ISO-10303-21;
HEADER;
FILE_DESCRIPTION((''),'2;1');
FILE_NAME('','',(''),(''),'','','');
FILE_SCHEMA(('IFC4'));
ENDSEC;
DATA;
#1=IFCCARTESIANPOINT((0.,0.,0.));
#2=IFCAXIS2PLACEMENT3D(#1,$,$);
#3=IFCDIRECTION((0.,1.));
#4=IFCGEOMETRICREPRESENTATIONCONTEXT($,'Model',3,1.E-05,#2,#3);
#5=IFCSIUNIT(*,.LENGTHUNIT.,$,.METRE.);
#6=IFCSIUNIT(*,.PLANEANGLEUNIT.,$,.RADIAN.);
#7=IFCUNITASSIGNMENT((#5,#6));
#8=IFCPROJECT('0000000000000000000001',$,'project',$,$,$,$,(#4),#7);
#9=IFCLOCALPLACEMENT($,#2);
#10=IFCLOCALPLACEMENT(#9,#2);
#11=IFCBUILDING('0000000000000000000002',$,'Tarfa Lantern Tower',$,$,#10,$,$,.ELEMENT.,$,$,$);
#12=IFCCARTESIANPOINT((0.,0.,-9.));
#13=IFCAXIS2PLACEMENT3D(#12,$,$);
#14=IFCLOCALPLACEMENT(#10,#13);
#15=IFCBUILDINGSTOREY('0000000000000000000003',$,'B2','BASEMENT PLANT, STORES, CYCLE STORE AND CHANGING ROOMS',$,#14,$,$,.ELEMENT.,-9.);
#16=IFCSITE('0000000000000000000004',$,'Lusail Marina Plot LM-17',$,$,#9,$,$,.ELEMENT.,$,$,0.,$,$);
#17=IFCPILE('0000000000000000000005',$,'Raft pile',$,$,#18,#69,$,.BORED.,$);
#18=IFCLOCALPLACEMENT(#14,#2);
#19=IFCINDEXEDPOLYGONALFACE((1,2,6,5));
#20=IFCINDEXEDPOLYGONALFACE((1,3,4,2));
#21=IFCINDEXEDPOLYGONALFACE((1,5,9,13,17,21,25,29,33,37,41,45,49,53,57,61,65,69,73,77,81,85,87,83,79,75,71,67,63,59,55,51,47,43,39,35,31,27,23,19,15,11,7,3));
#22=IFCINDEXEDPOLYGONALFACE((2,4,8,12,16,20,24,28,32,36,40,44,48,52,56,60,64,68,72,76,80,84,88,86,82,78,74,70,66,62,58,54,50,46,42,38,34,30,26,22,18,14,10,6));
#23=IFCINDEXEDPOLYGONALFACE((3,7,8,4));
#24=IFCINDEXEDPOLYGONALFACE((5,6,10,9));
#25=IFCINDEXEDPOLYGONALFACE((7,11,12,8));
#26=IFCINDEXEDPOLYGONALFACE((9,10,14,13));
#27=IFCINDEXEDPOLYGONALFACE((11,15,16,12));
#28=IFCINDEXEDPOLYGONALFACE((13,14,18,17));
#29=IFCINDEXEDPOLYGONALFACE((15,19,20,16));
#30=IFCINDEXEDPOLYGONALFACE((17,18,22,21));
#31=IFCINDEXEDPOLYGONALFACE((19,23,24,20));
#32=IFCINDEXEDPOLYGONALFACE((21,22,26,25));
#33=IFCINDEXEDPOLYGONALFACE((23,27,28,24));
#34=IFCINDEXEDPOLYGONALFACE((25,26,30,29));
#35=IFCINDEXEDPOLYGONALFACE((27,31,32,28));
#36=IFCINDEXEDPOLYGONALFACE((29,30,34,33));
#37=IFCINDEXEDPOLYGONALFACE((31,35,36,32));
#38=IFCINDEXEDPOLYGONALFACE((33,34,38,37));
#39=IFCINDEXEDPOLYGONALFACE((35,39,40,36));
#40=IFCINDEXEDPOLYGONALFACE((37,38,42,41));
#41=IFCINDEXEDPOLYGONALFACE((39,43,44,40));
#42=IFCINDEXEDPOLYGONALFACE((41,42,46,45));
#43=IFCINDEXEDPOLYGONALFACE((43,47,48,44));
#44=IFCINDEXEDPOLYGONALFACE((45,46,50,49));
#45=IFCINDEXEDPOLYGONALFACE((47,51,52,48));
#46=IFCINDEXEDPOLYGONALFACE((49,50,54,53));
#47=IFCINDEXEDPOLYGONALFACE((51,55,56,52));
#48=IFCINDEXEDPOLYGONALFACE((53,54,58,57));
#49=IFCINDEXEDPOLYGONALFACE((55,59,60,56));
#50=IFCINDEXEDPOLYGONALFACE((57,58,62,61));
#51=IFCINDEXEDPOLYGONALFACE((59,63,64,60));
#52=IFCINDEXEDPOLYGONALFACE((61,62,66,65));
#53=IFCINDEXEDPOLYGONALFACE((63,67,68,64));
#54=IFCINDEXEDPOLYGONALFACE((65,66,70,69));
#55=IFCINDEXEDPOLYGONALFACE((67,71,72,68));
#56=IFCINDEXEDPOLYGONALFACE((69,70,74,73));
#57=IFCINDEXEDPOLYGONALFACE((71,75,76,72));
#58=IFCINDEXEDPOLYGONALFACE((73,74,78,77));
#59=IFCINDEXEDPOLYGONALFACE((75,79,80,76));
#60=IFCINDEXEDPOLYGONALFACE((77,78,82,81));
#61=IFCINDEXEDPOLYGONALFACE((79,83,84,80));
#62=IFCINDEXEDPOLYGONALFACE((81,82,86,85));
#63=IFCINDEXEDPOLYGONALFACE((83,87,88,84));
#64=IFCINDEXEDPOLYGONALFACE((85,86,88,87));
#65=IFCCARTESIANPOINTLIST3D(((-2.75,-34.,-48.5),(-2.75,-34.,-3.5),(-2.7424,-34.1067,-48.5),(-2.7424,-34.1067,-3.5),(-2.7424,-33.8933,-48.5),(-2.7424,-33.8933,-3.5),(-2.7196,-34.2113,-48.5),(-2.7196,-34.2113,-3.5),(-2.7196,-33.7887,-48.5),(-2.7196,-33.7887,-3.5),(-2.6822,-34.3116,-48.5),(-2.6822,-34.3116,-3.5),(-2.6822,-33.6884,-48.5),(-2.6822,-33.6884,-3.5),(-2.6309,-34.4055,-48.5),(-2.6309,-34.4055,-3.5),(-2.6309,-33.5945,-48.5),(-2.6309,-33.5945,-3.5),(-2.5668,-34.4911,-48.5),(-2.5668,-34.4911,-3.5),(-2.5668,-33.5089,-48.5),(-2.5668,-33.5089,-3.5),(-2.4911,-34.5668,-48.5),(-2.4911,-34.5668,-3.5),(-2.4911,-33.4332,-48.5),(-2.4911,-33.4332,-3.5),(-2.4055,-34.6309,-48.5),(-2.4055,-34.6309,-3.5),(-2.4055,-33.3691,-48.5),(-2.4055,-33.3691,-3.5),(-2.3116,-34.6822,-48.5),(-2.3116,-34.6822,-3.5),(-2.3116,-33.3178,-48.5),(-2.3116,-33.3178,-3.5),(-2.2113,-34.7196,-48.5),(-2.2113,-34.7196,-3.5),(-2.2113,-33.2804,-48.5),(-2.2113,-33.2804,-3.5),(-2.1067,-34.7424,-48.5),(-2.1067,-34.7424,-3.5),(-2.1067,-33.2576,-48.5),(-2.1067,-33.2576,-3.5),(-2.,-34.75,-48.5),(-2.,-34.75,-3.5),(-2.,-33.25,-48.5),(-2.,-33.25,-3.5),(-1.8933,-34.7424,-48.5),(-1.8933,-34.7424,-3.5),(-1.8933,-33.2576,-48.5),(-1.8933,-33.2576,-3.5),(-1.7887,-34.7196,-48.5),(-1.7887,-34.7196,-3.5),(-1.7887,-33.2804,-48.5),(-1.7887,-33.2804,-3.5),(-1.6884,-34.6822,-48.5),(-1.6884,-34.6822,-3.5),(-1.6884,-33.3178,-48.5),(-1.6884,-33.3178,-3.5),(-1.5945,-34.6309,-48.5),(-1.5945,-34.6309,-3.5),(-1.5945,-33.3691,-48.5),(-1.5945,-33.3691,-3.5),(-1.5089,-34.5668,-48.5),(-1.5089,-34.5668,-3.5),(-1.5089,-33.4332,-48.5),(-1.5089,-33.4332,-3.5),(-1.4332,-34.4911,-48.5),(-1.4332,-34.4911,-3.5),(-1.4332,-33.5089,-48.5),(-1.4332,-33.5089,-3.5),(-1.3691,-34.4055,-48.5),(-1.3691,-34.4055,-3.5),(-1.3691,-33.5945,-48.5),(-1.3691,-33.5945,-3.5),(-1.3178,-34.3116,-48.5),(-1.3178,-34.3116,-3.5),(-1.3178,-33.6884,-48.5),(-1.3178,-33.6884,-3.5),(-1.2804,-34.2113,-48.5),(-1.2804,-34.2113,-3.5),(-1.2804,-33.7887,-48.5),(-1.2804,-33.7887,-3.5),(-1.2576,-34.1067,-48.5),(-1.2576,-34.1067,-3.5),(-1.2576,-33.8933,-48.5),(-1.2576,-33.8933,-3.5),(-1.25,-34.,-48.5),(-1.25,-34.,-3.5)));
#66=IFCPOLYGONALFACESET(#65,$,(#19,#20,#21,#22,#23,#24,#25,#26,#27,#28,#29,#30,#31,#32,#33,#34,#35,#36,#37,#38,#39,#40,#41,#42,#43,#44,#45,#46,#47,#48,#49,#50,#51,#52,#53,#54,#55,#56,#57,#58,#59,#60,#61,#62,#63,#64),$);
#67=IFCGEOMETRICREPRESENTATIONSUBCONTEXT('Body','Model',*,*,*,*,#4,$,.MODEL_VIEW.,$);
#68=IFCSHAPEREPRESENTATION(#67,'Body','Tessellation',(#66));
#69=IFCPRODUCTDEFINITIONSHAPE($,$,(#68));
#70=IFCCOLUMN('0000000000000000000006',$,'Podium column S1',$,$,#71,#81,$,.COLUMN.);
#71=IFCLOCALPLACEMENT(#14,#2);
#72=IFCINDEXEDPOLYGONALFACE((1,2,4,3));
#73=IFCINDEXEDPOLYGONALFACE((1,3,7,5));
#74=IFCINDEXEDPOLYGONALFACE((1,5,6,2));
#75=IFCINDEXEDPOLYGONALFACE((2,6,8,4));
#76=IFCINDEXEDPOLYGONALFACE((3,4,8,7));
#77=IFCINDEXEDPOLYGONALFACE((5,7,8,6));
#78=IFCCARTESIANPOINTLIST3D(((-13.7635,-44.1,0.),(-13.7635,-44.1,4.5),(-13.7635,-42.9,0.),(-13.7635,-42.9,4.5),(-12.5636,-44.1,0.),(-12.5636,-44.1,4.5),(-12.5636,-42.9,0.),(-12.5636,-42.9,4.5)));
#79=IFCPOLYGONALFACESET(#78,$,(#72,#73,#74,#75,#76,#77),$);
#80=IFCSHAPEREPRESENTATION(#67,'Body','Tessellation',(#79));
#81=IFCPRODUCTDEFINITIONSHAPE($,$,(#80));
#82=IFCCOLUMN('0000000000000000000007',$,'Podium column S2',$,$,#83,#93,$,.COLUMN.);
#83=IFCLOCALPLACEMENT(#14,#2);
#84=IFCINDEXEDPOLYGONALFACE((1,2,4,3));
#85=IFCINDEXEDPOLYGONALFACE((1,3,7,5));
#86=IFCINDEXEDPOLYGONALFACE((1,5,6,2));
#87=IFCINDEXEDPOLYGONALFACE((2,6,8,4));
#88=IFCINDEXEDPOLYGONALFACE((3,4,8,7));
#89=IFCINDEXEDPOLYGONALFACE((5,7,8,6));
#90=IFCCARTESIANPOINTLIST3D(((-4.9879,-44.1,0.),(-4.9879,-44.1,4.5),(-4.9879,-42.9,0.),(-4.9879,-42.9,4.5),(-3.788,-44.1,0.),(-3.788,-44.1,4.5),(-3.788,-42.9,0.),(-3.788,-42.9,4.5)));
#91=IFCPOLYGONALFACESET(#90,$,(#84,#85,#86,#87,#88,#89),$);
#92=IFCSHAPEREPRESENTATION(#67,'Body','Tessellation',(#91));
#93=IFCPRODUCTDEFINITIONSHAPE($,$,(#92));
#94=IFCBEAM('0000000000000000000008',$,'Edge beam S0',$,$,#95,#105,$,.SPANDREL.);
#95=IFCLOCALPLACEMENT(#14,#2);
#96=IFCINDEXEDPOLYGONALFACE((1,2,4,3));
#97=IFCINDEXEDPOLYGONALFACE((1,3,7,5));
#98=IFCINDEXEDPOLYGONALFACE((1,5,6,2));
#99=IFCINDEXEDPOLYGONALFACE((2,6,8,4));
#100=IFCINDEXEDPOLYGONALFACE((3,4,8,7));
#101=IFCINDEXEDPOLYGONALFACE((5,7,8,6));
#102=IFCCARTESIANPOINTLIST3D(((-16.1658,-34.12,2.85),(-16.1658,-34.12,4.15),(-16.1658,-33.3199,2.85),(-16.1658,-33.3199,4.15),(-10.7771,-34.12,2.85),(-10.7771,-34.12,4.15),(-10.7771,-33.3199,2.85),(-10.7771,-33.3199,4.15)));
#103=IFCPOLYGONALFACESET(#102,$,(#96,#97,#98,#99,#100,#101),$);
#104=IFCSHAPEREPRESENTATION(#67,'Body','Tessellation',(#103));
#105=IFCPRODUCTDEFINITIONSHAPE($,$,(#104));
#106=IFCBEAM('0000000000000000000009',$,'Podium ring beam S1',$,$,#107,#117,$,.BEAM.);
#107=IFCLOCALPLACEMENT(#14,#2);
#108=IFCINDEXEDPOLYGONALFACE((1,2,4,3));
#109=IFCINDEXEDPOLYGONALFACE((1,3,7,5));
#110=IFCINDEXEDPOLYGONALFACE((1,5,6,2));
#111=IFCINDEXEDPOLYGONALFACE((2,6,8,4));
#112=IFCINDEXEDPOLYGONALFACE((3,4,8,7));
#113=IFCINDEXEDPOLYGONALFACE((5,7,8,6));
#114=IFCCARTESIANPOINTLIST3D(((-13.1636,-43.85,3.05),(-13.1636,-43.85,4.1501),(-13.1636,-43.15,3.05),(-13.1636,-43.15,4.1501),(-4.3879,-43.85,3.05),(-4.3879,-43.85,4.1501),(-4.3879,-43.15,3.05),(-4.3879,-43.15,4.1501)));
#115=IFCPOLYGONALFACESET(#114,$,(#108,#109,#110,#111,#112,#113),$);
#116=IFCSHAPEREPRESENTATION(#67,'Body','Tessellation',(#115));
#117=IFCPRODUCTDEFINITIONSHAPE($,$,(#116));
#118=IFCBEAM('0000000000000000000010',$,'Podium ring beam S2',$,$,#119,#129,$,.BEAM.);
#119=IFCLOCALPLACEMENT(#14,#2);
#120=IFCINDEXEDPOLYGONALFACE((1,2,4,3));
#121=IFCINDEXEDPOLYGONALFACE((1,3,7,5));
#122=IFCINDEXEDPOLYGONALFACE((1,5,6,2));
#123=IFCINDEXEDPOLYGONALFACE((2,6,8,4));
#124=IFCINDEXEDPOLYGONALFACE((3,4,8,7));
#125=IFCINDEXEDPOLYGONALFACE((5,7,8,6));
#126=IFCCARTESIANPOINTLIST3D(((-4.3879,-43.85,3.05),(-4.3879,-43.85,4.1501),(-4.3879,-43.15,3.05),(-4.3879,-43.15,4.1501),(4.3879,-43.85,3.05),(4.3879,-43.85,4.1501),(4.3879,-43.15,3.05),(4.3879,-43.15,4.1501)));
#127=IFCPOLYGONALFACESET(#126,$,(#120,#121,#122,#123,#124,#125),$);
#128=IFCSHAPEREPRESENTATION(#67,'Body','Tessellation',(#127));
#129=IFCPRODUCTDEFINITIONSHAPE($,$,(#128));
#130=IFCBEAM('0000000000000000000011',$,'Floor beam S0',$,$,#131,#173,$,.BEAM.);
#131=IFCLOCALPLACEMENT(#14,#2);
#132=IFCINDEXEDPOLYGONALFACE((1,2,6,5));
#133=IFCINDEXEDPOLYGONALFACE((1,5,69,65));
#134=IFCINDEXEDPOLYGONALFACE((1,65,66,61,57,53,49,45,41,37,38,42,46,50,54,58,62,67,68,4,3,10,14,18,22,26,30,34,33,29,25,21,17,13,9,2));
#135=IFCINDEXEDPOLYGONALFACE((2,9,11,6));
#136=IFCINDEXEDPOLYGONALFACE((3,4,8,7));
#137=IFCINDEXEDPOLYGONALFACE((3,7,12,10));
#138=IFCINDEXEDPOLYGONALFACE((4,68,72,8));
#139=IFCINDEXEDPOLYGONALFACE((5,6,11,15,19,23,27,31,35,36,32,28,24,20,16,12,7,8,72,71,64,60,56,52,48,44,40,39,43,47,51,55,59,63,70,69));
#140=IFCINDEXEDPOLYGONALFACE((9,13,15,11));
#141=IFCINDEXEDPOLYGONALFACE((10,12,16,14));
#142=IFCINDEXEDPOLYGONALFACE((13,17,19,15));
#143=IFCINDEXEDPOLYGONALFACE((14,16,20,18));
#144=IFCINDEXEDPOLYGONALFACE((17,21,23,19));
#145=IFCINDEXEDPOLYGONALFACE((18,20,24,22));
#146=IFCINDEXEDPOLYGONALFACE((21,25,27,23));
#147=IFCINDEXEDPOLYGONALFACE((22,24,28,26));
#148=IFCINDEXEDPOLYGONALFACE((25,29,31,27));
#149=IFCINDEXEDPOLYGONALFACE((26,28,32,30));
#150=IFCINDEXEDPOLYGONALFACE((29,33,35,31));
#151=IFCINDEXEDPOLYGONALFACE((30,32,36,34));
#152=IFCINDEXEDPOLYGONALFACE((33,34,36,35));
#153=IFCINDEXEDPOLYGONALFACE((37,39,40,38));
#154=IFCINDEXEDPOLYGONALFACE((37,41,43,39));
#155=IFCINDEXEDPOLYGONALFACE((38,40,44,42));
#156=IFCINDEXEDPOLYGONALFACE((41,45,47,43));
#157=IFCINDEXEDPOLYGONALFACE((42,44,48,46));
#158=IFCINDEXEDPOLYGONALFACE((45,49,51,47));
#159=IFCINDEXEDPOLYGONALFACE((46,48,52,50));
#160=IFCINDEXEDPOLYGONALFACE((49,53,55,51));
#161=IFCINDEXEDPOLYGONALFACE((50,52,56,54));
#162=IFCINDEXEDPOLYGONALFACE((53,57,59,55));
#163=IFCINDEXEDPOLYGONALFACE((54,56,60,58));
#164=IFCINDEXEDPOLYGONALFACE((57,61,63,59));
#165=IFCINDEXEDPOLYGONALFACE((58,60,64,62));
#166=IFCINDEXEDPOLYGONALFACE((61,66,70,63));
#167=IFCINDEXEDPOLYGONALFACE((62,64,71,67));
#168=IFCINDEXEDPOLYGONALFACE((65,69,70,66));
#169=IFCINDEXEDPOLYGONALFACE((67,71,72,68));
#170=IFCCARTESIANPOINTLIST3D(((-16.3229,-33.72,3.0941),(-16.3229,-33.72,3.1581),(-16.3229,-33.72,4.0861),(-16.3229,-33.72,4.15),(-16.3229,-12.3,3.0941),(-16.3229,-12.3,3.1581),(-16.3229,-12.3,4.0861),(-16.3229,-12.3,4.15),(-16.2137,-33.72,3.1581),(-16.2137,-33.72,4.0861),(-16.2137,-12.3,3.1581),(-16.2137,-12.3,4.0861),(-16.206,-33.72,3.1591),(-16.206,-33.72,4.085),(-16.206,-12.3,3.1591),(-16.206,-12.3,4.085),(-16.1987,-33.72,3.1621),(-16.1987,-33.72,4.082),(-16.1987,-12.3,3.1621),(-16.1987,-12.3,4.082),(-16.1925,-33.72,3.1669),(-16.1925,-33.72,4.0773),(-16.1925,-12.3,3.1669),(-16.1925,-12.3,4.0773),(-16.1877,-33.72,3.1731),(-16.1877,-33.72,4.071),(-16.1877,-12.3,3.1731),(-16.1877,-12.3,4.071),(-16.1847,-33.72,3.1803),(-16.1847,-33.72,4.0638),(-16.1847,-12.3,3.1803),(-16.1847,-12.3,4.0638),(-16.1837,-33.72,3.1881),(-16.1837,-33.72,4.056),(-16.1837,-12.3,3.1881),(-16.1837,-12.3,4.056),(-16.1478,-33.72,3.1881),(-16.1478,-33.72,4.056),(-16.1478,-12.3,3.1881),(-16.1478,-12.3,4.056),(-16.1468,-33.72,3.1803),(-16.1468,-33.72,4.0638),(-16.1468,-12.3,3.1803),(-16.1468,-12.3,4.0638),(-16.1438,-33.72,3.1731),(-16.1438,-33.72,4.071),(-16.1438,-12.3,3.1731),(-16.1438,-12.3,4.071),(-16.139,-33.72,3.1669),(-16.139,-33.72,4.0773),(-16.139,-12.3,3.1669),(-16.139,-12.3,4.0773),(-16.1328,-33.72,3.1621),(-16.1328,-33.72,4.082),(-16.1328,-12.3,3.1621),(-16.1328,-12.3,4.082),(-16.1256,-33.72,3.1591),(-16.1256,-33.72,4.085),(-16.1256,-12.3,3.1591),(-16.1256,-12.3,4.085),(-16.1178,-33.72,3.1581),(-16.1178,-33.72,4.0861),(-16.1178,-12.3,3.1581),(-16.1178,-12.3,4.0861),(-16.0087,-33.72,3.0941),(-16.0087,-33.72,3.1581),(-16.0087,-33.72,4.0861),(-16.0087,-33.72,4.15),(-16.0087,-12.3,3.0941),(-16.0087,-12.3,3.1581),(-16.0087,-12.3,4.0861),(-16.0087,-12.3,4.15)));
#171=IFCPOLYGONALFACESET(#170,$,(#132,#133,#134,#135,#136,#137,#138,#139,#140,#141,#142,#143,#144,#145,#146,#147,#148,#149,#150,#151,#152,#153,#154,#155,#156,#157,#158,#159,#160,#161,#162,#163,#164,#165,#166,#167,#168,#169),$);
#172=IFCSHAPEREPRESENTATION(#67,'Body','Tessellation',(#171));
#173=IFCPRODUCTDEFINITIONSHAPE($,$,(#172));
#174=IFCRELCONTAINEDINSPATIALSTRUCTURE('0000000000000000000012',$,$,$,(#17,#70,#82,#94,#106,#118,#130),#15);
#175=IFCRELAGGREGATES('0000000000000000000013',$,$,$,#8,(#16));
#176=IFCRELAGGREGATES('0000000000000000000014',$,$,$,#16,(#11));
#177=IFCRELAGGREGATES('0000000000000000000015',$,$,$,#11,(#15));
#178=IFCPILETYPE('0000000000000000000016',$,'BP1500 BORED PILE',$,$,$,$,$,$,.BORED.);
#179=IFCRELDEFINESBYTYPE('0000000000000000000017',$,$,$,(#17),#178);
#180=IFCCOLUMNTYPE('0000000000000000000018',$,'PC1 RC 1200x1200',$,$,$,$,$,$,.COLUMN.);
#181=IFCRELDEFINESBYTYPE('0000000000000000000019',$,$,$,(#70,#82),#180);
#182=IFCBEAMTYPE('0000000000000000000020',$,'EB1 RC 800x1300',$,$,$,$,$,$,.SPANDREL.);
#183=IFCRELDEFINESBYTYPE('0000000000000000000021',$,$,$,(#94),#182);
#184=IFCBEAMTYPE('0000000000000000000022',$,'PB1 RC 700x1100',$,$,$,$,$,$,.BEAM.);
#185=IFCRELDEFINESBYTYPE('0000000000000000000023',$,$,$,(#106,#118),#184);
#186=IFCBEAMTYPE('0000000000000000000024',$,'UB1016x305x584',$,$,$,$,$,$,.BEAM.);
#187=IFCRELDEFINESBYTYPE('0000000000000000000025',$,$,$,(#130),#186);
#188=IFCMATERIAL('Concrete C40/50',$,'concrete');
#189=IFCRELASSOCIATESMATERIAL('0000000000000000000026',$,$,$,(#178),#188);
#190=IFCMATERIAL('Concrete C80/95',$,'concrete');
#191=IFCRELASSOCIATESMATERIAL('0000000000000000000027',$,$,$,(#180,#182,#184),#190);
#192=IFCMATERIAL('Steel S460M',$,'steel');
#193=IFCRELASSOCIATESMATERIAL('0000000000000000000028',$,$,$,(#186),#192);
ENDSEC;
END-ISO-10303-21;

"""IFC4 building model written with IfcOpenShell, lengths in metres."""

from ifc_helpers import new_model, si_unit, direction, frame, origin, origin_2d, place, context, subcontext, project, spatial, rectangle, circle, i_section, extrude, material, material_profile, profile_set, type_object, element, save


model = new_model("IFC4")

# Units and contexts
model_context = context("Model", 3, precision=1e-05, world=origin(), true_north=direction((0.0, 1.0)))
body_context = subcontext(model_context, "Body", "Model", "MODEL_VIEW")
ifc_project = project(units=[si_unit("LENGTHUNIT", "METRE"), si_unit("PLANEANGLEUNIT", "RADIAN")], contexts=[model_context])

# Site, building, storey
site_placement = place(None, origin())
site = spatial("IfcSite", under=ifc_project, at=site_placement, Name="Lusail Marina Plot LM-17", CompositionType="ELEMENT", RefElevation=0.0)
building_placement = place(site_placement, origin())
building = spatial("IfcBuilding", under=site, at=building_placement, Name="Tarfa Lantern Tower", CompositionType="ELEMENT")
storey_placement = place(building_placement, frame((0.0, 0.0, -9.0)))
storey = spatial("IfcBuildingStorey", under=building, at=storey_placement, Name="B2", Description="BASEMENT PLANT, STORES, CYCLE STORE AND CHANGING ROOMS", CompositionType="ELEMENT", Elevation=-9.0)

# Pile
ifc_material_1 = material(Name="Concrete C40/50", Category="concrete")
ifc_material_profile_1 = material_profile(ifc_material_1, circle(Radius=0.75, at=origin_2d()), Name="BORED PILE D1500")
ifc_profile_set_1 = profile_set([ifc_material_profile_1], Name="Concrete C40/50")
pile_type_1 = type_object("IfcPileType", Name="BP1500 BORED PILE", PredefinedType="BORED", material=ifc_profile_set_1)
for number, where, z_axis, x_axis, name in (
    (1, (-2.0, -34.0, -3.5), (0.0, 0.0, -1.0), (1.0, 0.0, 0.0), "Raft pile"),
):
    element("IfcPile", number, at=place(storey_placement, frame(where, z_axis=z_axis, x_axis=x_axis)), inside=storey, type_object=pile_type_1, Name=name, PredefinedType="BORED", context=body_context, shape_type="SweptSolid", body=[
        extrude(circle(Radius=0.75, at=origin_2d()), origin(), (0.0, 0.0, 1.0), 45.0),
    ])

# Columns
ifc_material_2 = material(Name="Concrete C80/95", Category="concrete")
ifc_material_profile_2 = material_profile(ifc_material_2, rectangle(XDim=1.2, YDim=1.2, at=origin_2d()), Name="RC 1200x1200")
ifc_profile_set_2 = profile_set([ifc_material_profile_2], Name="Concrete C80/95")
column_type = type_object("IfcColumnType", Name="PC1 RC 1200x1200", PredefinedType="COLUMN", material=ifc_profile_set_2)
for number, where, z_axis, x_axis, name in (
    (2, (-13.1636, -43.5, 0.0), (0.0, 0.0, 1.0), (1.0, 0.0, 0.0), "Podium column S1"),
    (3, (-4.3879, -43.5, 0.0), (0.0, 0.0, 1.0), (1.0, 0.0, 0.0), "Podium column S2"),
):
    element("IfcColumn", number, at=place(storey_placement, frame(where, z_axis=z_axis, x_axis=x_axis)), inside=storey, type_object=column_type, Name=name, PredefinedType="COLUMN", context=body_context, shape_type="SweptSolid", body=[
        extrude(rectangle(XDim=1.2, YDim=1.2, at=origin_2d()), origin(), (0.0, 0.0, 1.0), 4.5),
    ])

# Beams
ifc_material_profile_3 = material_profile(ifc_material_2, rectangle(XDim=0.8, YDim=1.3, at=origin_2d()), Name="RC 800x1300")
ifc_profile_set_3 = profile_set([ifc_material_profile_3], Name="Concrete C80/95")
beam_type_1 = type_object("IfcBeamType", Name="EB1 RC 800x1300", PredefinedType="SPANDREL", material=ifc_profile_set_3)
beam_1_placement = place(storey_placement, frame((-16.1658, -33.72, 3.5), z_axis=(1.0, 0.0, 0.0), x_axis=(0.0, 1.0, 0.0)))
element("IfcBeam", 4, at=beam_1_placement, inside=storey, type_object=beam_type_1, Name="Edge beam S0", PredefinedType="SPANDREL", context=body_context, shape_type="SweptSolid", body=[
    extrude(rectangle(XDim=0.8, YDim=1.3, at=origin_2d()), origin(), (0.0, 0.0, 1.0), 5.3887),
])
ifc_material_profile_4 = material_profile(ifc_material_2, rectangle(XDim=0.7, YDim=1.1001, at=origin_2d()), Name="RC 700x1100")
ifc_profile_set_4 = profile_set([ifc_material_profile_4], Name="Concrete C80/95")
beam_type_2 = type_object("IfcBeamType", Name="PB1 RC 700x1100", PredefinedType="BEAM", material=ifc_profile_set_4)
beam_2_placement = place(storey_placement, frame((-13.1636, -43.5, 3.6001), z_axis=(1.0, 0.0, 0.0), x_axis=(0.0, 1.0, 0.0)))
element("IfcBeam", 5, at=beam_2_placement, inside=storey, type_object=beam_type_2, Name="Podium ring beam S1", PredefinedType="BEAM", context=body_context, shape_type="SweptSolid", body=[
    extrude(rectangle(XDim=0.7, YDim=1.1001, at=origin_2d()), origin(), (0.0, 0.0, 1.0), 8.7756),
])
beam_3_placement = place(storey_placement, frame((-4.3879, -43.5, 3.6001), z_axis=(1.0, 0.0, 0.0), x_axis=(0.0, 1.0, 0.0)))
element("IfcBeam", 6, at=beam_3_placement, inside=storey, type_object=beam_type_2, Name="Podium ring beam S2", PredefinedType="BEAM", context=body_context, shape_type="SweptSolid", body=[
    extrude(rectangle(XDim=0.7, YDim=1.1001, at=origin_2d()), origin(), (0.0, 0.0, 1.0), 8.7759),
])
ifc_material_3 = material(Name="Steel S460M", Category="steel")
ifc_material_profile_5 = material_profile(ifc_material_3, i_section(OverallWidth=0.3142, OverallDepth=1.0559, WebThickness=0.0359, FlangeThickness=0.064, FilletRadius=0.03, at=origin_2d()), Name="UB1016x305x584")
ifc_profile_set_5 = profile_set([ifc_material_profile_5], Name="Steel S460M")
beam_type_3 = type_object("IfcBeamType", Name="UB1016x305x584", PredefinedType="BEAM", material=ifc_profile_set_5)
beam_4_placement = place(storey_placement, frame((-16.1658, -33.72, 3.6221), z_axis=(0.0, 1.0, 0.0), x_axis=(-1.0, 0.0, 0.0)))
element("IfcBeam", 7, at=beam_4_placement, inside=storey, type_object=beam_type_3, Name="Floor beam S0", PredefinedType="BEAM", context=body_context, shape_type="SweptSolid", body=[
    extrude(i_section(OverallWidth=0.3142, OverallDepth=1.0559, WebThickness=0.0359, FlangeThickness=0.064, FilletRadius=0.03, at=origin_2d()), origin(), (0.0, 0.0, 1.0), 21.4199),
])

save(model, "model.ifc")
